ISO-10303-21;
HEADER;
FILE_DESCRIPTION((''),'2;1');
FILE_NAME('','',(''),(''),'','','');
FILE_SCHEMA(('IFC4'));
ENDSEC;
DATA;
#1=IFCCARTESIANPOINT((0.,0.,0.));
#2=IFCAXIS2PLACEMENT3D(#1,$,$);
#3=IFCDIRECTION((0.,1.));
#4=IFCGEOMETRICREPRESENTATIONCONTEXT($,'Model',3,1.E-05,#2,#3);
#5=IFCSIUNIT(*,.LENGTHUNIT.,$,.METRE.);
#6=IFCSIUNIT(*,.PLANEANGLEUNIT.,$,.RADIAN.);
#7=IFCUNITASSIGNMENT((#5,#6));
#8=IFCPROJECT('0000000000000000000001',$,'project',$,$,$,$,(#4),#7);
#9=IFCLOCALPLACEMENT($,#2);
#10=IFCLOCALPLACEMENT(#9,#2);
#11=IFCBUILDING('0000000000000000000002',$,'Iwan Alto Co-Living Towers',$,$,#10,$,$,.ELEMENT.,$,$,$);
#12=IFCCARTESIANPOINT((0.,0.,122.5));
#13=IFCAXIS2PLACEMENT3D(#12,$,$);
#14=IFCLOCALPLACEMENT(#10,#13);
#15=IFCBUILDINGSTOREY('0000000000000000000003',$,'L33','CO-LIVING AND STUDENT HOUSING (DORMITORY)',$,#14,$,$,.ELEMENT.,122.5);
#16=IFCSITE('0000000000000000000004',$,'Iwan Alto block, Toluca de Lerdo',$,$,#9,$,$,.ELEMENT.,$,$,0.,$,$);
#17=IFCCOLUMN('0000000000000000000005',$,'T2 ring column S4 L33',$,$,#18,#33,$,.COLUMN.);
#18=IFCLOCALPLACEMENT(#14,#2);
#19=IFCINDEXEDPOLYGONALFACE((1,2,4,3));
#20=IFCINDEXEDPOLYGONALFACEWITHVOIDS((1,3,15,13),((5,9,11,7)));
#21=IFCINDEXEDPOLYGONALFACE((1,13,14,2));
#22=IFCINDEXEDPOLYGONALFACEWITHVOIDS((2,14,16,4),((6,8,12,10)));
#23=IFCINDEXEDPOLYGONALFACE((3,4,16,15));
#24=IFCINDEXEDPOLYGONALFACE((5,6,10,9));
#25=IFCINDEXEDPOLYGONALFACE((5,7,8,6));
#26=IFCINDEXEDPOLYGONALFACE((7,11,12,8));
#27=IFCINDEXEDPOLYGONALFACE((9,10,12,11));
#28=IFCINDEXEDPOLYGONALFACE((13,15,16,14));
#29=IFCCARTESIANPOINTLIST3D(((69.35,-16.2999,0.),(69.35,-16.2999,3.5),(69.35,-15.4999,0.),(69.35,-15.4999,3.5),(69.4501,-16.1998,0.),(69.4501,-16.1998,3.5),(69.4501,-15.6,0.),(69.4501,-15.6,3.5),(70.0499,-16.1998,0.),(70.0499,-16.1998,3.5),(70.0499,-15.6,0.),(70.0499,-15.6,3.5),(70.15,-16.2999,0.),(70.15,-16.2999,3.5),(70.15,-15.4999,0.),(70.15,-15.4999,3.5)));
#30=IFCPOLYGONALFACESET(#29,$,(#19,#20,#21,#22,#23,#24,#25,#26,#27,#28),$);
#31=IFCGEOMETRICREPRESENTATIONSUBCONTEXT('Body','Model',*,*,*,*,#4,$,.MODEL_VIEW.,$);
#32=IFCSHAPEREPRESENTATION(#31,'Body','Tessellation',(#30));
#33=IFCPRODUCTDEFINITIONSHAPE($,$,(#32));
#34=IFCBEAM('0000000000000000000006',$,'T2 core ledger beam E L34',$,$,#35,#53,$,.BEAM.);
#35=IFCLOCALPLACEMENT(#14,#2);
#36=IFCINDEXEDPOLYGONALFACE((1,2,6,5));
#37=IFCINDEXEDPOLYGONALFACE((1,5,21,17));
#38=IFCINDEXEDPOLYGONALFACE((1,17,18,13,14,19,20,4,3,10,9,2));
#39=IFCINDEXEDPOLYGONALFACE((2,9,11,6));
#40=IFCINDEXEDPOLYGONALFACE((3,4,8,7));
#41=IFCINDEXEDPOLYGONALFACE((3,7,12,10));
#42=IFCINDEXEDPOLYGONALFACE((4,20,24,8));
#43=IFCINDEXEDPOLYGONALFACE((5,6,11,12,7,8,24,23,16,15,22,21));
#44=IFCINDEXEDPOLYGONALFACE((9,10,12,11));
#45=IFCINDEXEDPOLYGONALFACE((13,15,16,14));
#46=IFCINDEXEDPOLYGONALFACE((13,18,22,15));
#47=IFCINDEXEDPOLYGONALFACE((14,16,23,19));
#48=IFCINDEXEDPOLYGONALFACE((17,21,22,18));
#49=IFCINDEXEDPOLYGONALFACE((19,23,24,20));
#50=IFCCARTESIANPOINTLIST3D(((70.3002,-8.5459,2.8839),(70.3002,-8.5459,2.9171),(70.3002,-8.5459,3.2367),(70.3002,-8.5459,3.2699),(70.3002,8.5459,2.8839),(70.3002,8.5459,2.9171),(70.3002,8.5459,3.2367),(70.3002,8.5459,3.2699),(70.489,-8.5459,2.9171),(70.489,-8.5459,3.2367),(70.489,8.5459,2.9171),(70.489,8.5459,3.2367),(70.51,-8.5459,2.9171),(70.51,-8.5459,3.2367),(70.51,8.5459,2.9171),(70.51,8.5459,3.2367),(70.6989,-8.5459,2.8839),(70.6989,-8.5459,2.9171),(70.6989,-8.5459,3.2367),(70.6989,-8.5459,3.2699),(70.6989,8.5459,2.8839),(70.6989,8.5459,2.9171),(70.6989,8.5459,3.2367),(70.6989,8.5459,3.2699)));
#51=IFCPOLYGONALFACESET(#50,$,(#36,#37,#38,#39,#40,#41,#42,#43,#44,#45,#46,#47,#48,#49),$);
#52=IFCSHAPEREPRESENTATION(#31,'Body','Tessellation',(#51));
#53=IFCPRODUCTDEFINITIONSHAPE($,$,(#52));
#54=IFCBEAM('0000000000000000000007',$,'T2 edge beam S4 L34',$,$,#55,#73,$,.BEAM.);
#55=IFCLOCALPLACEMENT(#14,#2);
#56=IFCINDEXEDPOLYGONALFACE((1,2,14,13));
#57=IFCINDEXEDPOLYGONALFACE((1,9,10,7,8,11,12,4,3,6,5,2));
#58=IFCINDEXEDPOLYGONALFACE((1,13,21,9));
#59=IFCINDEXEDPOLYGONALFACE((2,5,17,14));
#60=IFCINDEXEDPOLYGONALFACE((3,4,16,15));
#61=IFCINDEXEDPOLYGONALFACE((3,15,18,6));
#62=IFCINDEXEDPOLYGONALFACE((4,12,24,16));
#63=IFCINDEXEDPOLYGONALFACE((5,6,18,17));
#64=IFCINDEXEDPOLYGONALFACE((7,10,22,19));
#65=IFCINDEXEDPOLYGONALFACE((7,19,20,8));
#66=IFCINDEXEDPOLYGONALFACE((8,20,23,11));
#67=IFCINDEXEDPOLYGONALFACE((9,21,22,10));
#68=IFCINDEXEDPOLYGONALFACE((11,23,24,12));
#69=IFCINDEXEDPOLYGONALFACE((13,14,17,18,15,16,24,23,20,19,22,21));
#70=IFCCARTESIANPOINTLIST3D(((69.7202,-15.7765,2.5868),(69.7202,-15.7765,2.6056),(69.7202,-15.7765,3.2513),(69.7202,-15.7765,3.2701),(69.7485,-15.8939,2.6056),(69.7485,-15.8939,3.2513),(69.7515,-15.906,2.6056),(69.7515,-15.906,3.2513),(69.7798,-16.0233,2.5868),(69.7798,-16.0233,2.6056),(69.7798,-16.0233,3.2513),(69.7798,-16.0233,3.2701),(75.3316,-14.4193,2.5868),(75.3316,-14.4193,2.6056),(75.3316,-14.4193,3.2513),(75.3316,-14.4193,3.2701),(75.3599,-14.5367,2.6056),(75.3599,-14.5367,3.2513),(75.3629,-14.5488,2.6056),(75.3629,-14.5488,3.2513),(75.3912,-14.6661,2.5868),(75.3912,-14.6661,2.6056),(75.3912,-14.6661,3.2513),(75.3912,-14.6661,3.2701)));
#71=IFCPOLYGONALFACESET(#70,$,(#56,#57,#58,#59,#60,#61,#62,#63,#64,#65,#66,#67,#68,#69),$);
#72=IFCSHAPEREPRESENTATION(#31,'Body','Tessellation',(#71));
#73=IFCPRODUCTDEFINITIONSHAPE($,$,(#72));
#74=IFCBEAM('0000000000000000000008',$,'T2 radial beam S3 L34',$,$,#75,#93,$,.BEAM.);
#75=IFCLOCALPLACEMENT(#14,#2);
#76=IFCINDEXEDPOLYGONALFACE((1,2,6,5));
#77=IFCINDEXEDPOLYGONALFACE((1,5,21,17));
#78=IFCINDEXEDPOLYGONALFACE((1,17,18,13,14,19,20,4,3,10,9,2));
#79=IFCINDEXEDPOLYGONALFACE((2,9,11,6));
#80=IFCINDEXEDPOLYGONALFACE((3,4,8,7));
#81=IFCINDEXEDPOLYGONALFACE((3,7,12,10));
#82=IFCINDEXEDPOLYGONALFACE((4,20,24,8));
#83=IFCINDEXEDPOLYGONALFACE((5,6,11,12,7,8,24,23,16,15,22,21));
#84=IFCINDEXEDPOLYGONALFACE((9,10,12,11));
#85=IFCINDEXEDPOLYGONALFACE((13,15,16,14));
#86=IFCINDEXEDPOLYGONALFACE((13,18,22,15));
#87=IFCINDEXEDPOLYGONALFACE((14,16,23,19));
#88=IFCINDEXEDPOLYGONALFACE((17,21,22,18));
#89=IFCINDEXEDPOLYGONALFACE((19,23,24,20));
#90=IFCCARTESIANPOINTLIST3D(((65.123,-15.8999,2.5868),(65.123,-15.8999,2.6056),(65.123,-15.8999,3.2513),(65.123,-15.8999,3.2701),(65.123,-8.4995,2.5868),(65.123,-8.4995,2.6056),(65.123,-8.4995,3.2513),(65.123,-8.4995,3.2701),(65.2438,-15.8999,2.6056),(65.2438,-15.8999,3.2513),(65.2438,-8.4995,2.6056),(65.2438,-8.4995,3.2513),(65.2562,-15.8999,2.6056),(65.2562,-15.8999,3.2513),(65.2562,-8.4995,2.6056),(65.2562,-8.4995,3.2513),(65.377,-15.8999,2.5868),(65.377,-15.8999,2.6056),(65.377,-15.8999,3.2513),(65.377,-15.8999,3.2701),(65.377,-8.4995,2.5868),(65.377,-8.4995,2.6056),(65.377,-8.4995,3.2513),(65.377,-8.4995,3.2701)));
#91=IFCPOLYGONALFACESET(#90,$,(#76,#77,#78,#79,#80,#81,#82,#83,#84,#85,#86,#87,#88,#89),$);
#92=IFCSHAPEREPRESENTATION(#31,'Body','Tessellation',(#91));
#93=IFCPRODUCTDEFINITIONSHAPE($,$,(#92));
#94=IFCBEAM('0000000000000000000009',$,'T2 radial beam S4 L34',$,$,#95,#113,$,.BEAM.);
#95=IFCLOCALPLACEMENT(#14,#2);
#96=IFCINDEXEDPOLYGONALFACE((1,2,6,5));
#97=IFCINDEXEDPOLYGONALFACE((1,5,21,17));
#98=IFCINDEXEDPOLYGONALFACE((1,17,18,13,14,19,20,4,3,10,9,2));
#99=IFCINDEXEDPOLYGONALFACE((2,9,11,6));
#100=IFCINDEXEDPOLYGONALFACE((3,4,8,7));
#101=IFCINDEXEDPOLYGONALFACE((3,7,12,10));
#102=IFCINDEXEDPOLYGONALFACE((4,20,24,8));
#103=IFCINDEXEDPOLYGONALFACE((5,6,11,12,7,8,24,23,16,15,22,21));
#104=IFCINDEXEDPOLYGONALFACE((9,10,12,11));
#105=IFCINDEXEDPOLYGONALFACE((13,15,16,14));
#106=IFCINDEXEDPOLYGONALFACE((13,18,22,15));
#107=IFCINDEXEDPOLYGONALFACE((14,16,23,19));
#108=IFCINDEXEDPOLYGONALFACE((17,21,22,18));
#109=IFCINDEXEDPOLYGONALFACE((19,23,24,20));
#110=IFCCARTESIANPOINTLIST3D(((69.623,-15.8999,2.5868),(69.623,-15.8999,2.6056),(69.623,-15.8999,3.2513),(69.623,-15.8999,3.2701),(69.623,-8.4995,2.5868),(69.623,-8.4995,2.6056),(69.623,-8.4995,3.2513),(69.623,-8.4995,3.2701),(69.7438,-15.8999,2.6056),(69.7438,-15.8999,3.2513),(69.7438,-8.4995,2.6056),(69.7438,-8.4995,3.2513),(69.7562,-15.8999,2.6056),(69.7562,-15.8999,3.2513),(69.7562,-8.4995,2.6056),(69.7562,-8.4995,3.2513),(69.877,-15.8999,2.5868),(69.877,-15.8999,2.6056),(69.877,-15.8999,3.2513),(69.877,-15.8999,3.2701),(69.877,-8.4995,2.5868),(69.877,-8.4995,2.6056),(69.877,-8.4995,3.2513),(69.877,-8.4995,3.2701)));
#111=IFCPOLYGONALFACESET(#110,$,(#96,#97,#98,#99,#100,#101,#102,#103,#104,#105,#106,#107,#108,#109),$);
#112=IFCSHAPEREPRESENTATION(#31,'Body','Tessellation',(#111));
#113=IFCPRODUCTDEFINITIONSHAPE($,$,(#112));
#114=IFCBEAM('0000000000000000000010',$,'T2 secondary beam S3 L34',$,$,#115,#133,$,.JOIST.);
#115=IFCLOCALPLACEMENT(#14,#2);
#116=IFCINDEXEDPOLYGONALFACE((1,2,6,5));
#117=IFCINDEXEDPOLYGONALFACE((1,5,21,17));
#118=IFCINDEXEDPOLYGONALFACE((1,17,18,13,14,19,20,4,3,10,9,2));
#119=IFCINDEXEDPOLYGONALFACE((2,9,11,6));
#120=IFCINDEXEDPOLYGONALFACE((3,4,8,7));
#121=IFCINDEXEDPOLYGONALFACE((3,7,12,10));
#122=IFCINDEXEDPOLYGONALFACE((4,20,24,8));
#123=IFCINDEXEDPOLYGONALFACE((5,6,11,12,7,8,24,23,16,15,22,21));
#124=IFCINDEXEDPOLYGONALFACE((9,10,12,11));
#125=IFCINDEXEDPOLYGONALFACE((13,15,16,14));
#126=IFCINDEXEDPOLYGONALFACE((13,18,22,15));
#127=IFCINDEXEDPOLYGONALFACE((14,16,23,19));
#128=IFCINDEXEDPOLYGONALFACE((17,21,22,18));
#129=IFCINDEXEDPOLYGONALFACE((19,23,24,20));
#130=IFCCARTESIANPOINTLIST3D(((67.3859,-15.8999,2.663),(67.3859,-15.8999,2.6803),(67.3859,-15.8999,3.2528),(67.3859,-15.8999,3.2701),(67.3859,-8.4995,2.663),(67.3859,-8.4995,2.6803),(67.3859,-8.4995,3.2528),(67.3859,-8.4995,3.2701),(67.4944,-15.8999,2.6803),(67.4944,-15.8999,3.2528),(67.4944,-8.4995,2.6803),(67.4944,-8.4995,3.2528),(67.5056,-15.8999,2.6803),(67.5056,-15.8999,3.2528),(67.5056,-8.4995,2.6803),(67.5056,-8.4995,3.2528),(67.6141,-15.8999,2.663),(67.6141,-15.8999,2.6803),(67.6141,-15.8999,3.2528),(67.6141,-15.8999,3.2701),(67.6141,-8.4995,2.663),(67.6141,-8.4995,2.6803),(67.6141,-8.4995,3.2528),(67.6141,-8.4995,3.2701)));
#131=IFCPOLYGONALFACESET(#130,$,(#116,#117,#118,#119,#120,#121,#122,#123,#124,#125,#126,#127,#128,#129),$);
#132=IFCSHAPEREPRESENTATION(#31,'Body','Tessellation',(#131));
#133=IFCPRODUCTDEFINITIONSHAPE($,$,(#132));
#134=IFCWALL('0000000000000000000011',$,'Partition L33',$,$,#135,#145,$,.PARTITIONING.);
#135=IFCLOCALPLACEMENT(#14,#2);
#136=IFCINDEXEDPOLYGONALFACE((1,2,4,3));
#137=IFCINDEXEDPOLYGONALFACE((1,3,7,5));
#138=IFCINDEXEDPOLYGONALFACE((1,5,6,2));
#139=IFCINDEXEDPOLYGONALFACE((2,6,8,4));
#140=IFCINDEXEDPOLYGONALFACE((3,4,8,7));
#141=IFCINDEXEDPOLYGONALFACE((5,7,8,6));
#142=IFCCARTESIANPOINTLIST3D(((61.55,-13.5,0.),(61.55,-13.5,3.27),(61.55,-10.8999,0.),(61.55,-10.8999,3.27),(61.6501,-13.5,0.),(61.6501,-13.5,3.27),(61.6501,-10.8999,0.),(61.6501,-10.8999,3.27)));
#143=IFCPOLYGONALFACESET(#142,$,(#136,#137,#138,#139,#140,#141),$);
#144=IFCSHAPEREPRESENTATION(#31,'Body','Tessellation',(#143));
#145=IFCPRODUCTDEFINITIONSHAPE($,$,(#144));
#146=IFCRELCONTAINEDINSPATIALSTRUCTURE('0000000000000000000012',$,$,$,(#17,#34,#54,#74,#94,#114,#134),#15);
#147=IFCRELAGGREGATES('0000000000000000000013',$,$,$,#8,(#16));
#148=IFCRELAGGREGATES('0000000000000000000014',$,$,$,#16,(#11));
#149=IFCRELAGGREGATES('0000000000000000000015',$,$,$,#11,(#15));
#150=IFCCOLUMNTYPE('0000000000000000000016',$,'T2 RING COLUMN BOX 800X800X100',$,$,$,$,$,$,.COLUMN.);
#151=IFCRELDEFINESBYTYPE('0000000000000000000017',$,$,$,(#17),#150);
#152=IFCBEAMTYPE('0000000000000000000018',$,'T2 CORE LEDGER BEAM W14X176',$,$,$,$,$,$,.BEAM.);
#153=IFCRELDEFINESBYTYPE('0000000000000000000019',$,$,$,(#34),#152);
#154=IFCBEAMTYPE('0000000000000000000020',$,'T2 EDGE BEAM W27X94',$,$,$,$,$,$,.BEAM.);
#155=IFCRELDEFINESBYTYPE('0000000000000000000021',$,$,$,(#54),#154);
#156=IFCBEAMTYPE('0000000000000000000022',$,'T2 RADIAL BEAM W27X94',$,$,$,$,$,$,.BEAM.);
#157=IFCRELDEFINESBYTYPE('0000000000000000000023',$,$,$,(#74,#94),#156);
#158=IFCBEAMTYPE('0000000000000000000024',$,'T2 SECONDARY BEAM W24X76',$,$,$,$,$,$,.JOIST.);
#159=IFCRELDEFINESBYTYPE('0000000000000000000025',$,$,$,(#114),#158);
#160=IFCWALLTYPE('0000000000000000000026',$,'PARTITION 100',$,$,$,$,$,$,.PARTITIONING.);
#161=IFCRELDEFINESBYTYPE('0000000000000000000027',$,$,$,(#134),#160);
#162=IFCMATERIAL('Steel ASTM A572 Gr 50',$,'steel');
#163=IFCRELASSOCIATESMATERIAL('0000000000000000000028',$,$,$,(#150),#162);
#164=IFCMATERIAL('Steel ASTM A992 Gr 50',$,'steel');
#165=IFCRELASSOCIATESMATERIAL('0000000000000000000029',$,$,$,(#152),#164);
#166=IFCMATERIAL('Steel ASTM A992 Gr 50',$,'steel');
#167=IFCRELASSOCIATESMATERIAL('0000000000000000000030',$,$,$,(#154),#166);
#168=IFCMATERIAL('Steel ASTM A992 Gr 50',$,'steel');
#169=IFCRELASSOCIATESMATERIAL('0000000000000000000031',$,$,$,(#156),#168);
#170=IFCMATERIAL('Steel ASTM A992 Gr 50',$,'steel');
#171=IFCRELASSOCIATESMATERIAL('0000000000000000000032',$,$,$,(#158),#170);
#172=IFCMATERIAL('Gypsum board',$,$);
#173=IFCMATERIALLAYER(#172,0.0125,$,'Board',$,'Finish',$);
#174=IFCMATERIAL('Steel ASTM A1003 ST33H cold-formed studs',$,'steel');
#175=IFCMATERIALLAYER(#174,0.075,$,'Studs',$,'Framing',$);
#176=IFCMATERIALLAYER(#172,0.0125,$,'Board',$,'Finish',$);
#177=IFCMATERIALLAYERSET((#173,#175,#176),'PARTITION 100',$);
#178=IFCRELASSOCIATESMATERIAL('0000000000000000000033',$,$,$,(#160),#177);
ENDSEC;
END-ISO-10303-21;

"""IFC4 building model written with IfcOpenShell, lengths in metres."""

from ifc_helpers import new_model, si_unit, direction, frame, frame_2d, origin, origin_2d, place, context, subcontext, project, spatial, rectangle, hollow_rectangle, i_section, extrude, material, layer, layer_set, material_profile, profile_set, type_object, element, save


model = new_model("IFC4")

# Units and contexts
model_context = context("Model", 3, precision=1e-05, world=origin(), true_north=direction((0.0, 1.0)))
body_context = subcontext(model_context, "Body", "Model", "MODEL_VIEW")
ifc_project = project(units=[si_unit("LENGTHUNIT", "METRE"), si_unit("PLANEANGLEUNIT", "RADIAN")], contexts=[model_context])

# Site, building, storey
site_placement = place(None, origin())
site = spatial("IfcSite", under=ifc_project, at=site_placement, Name="Iwan Alto block, Toluca de Lerdo", CompositionType="ELEMENT", RefElevation=0.0)
building_placement = place(site_placement, origin())
building = spatial("IfcBuilding", under=site, at=building_placement, Name="Iwan Alto Co-Living Towers", CompositionType="ELEMENT")
storey_placement = place(building_placement, frame((0.0, 0.0, 122.5)))
storey = spatial("IfcBuildingStorey", under=building, at=storey_placement, Name="L33", Description="CO-LIVING AND STUDENT HOUSING (DORMITORY)", CompositionType="ELEMENT", Elevation=122.5)

# Column
ifc_material_1 = material(Name="Steel ASTM A572 Gr 50", Category="steel")
ifc_material_profile_1 = material_profile(ifc_material_1, hollow_rectangle(XDim=0.8, YDim=0.8, WallThickness=0.1001, at=origin_2d()), Name="BOX 800X800X100")
ifc_profile_set_1 = profile_set([ifc_material_profile_1], Name="Steel ASTM A572 Gr 50")
column_type = type_object("IfcColumnType", Name="T2 RING COLUMN BOX 800X800X100", PredefinedType="COLUMN", material=ifc_profile_set_1)
column_placement = place(storey_placement, frame((69.75, -15.8999, 0.0), z_axis=(0.0, 0.0, 1.0), x_axis=(1.0, 0.0, 0.0)))
element("IfcColumn", 1, at=column_placement, inside=storey, type_object=column_type, Name="T2 ring column S4 L33", PredefinedType="COLUMN", context=body_context, shape_type="SweptSolid", body=[
    extrude(hollow_rectangle(XDim=0.8, YDim=0.8, WallThickness=0.1001, at=origin_2d()), origin(), (0.0, 0.0, 1.0), 3.5),
])

# Beams
ifc_material_2 = material(Name="Steel ASTM A992 Gr 50", Category="steel")
ifc_material_profile_2 = material_profile(ifc_material_2, i_section(OverallWidth=0.3987, OverallDepth=0.386, WebThickness=0.021, FlangeThickness=0.0332, at=origin_2d()), Name="W14X176")
ifc_profile_set_2 = profile_set([ifc_material_profile_2], Name="Steel ASTM A992 Gr 50")
beam_type_1 = type_object("IfcBeamType", Name="T2 CORE LEDGER BEAM W14X176", PredefinedType="BEAM", material=ifc_profile_set_2)
beam_1_placement = place(storey_placement, frame((70.4995, -8.5459, 3.0769), z_axis=(0.0, 1.0, 0.0), x_axis=(-1.0, 0.0, 0.0)))
element("IfcBeam", 2, at=beam_1_placement, inside=storey, type_object=beam_type_1, Name="T2 core ledger beam E L34", PredefinedType="BEAM", context=body_context, shape_type="SweptSolid", body=[
    extrude(i_section(OverallWidth=0.3987, OverallDepth=0.386, WebThickness=0.021, FlangeThickness=0.0332, at=origin_2d()), origin(), (0.0, 0.0, 1.0), 17.0918),
])
ifc_material_3 = material(Name="Steel ASTM A992 Gr 50", Category="steel")
ifc_material_profile_3 = material_profile(ifc_material_3, i_section(OverallWidth=0.2539, OverallDepth=0.6833, WebThickness=0.0125, FlangeThickness=0.0188, at=origin_2d()), Name="W27X94")
ifc_profile_set_3 = profile_set([ifc_material_profile_3], Name="Steel ASTM A992 Gr 50")
beam_type_2 = type_object("IfcBeamType", Name="T2 EDGE BEAM W27X94", PredefinedType="BEAM", material=ifc_profile_set_3)
beam_2_placement = place(storey_placement, frame((69.75, -15.8999, 2.9285), z_axis=(0.971975, 0.235086, 0.0), x_axis=(-0.235086, 0.971975, 0.0)))
element("IfcBeam", 3, at=beam_2_placement, inside=storey, type_object=beam_type_2, Name="T2 edge beam S4 L34", PredefinedType="BEAM", context=body_context, shape_type="SweptSolid", body=[
    extrude(i_section(OverallWidth=0.2539, OverallDepth=0.6833, WebThickness=0.0125, FlangeThickness=0.0188, at=origin_2d()), origin(), (0.0, 0.0, 1.0), 5.7732),
])
ifc_material_4 = material(Name="Steel ASTM A992 Gr 50", Category="steel")
ifc_material_profile_4 = material_profile(ifc_material_4, i_section(OverallWidth=0.2539, OverallDepth=0.6833, WebThickness=0.0125, FlangeThickness=0.0188, at=origin_2d()), Name="W27X94")
ifc_profile_set_4 = profile_set([ifc_material_profile_4], Name="Steel ASTM A992 Gr 50")
beam_type_3 = type_object("IfcBeamType", Name="T2 RADIAL BEAM W27X94", PredefinedType="BEAM", material=ifc_profile_set_4)
for number, where, z_axis, x_axis, name in (
    (4, (65.25, -15.8999, 2.9285), (0.0, 1.0, 0.0), (-1.0, 0.0, 0.0), "T2 radial beam S3 L34"),
    (5, (69.75, -15.8999, 2.9285), (0.0, 1.0, 0.0), (-1.0, 0.0, 0.0), "T2 radial beam S4 L34"),
):
    element("IfcBeam", number, at=place(storey_placement, frame(where, z_axis=z_axis, x_axis=x_axis)), inside=storey, type_object=beam_type_3, Name=name, PredefinedType="BEAM", context=body_context, shape_type="SweptSolid", body=[
        extrude(i_section(OverallWidth=0.2539, OverallDepth=0.6833, WebThickness=0.0125, FlangeThickness=0.0188, at=origin_2d()), origin(), (0.0, 0.0, 1.0), 7.4004),
    ])
ifc_material_5 = material(Name="Steel ASTM A992 Gr 50", Category="steel")
ifc_material_profile_5 = material_profile(ifc_material_5, i_section(OverallWidth=0.2283, OverallDepth=0.6072, WebThickness=0.0112, FlangeThickness=0.0173, at=origin_2d()), Name="W24X76")
ifc_profile_set_5 = profile_set([ifc_material_profile_5], Name="Steel ASTM A992 Gr 50")
beam_type_4 = type_object("IfcBeamType", Name="T2 SECONDARY BEAM W24X76", PredefinedType="JOIST", material=ifc_profile_set_5)
beam_3_placement = place(storey_placement, frame((67.5, -15.8999, 2.9666), z_axis=(0.0, 1.0, 0.0), x_axis=(-1.0, 0.0, 0.0)))
element("IfcBeam", 6, at=beam_3_placement, inside=storey, type_object=beam_type_4, Name="T2 secondary beam S3 L34", PredefinedType="JOIST", context=body_context, shape_type="SweptSolid", body=[
    extrude(i_section(OverallWidth=0.2283, OverallDepth=0.6072, WebThickness=0.0112, FlangeThickness=0.0173, at=origin_2d()), origin(), (0.0, 0.0, 1.0), 7.4004),
])

# Wall
ifc_material_6 = material(Name="Gypsum board")
ifc_layer_1 = layer(ifc_material_6, 0.0125, Name="Board", Category="Finish")
ifc_material_7 = material(Name="Steel ASTM A1003 ST33H cold-formed studs", Category="steel")
ifc_layer_2 = layer(ifc_material_7, 0.075, Name="Studs", Category="Framing")
ifc_layer_3 = layer(ifc_material_6, 0.0125, Name="Board", Category="Finish")
ifc_layer_set_1 = layer_set([ifc_layer_1, ifc_layer_2, ifc_layer_3], Name="PARTITION 100")
wall_type_1 = type_object("IfcWallType", Name="PARTITION 100", PredefinedType="PARTITIONING", material=ifc_layer_set_1)
wall_1_placement = place(storey_placement, frame((61.6001, -13.5, 0.0), z_axis=(0.0, 0.0, 1.0), x_axis=(0.0, 1.0, 0.0)))
element("IfcWall", 7, at=wall_1_placement, inside=storey, type_object=wall_type_1, Name="Partition L33", PredefinedType="PARTITIONING", context=body_context, shape_type="SweptSolid", body=[
    extrude(rectangle(XDim=2.6001, YDim=0.1001, at=frame_2d((1.3, 0.0))), origin(), (0.0, 0.0, 1.0), 3.27),
])

save(model, "model.ifc")
